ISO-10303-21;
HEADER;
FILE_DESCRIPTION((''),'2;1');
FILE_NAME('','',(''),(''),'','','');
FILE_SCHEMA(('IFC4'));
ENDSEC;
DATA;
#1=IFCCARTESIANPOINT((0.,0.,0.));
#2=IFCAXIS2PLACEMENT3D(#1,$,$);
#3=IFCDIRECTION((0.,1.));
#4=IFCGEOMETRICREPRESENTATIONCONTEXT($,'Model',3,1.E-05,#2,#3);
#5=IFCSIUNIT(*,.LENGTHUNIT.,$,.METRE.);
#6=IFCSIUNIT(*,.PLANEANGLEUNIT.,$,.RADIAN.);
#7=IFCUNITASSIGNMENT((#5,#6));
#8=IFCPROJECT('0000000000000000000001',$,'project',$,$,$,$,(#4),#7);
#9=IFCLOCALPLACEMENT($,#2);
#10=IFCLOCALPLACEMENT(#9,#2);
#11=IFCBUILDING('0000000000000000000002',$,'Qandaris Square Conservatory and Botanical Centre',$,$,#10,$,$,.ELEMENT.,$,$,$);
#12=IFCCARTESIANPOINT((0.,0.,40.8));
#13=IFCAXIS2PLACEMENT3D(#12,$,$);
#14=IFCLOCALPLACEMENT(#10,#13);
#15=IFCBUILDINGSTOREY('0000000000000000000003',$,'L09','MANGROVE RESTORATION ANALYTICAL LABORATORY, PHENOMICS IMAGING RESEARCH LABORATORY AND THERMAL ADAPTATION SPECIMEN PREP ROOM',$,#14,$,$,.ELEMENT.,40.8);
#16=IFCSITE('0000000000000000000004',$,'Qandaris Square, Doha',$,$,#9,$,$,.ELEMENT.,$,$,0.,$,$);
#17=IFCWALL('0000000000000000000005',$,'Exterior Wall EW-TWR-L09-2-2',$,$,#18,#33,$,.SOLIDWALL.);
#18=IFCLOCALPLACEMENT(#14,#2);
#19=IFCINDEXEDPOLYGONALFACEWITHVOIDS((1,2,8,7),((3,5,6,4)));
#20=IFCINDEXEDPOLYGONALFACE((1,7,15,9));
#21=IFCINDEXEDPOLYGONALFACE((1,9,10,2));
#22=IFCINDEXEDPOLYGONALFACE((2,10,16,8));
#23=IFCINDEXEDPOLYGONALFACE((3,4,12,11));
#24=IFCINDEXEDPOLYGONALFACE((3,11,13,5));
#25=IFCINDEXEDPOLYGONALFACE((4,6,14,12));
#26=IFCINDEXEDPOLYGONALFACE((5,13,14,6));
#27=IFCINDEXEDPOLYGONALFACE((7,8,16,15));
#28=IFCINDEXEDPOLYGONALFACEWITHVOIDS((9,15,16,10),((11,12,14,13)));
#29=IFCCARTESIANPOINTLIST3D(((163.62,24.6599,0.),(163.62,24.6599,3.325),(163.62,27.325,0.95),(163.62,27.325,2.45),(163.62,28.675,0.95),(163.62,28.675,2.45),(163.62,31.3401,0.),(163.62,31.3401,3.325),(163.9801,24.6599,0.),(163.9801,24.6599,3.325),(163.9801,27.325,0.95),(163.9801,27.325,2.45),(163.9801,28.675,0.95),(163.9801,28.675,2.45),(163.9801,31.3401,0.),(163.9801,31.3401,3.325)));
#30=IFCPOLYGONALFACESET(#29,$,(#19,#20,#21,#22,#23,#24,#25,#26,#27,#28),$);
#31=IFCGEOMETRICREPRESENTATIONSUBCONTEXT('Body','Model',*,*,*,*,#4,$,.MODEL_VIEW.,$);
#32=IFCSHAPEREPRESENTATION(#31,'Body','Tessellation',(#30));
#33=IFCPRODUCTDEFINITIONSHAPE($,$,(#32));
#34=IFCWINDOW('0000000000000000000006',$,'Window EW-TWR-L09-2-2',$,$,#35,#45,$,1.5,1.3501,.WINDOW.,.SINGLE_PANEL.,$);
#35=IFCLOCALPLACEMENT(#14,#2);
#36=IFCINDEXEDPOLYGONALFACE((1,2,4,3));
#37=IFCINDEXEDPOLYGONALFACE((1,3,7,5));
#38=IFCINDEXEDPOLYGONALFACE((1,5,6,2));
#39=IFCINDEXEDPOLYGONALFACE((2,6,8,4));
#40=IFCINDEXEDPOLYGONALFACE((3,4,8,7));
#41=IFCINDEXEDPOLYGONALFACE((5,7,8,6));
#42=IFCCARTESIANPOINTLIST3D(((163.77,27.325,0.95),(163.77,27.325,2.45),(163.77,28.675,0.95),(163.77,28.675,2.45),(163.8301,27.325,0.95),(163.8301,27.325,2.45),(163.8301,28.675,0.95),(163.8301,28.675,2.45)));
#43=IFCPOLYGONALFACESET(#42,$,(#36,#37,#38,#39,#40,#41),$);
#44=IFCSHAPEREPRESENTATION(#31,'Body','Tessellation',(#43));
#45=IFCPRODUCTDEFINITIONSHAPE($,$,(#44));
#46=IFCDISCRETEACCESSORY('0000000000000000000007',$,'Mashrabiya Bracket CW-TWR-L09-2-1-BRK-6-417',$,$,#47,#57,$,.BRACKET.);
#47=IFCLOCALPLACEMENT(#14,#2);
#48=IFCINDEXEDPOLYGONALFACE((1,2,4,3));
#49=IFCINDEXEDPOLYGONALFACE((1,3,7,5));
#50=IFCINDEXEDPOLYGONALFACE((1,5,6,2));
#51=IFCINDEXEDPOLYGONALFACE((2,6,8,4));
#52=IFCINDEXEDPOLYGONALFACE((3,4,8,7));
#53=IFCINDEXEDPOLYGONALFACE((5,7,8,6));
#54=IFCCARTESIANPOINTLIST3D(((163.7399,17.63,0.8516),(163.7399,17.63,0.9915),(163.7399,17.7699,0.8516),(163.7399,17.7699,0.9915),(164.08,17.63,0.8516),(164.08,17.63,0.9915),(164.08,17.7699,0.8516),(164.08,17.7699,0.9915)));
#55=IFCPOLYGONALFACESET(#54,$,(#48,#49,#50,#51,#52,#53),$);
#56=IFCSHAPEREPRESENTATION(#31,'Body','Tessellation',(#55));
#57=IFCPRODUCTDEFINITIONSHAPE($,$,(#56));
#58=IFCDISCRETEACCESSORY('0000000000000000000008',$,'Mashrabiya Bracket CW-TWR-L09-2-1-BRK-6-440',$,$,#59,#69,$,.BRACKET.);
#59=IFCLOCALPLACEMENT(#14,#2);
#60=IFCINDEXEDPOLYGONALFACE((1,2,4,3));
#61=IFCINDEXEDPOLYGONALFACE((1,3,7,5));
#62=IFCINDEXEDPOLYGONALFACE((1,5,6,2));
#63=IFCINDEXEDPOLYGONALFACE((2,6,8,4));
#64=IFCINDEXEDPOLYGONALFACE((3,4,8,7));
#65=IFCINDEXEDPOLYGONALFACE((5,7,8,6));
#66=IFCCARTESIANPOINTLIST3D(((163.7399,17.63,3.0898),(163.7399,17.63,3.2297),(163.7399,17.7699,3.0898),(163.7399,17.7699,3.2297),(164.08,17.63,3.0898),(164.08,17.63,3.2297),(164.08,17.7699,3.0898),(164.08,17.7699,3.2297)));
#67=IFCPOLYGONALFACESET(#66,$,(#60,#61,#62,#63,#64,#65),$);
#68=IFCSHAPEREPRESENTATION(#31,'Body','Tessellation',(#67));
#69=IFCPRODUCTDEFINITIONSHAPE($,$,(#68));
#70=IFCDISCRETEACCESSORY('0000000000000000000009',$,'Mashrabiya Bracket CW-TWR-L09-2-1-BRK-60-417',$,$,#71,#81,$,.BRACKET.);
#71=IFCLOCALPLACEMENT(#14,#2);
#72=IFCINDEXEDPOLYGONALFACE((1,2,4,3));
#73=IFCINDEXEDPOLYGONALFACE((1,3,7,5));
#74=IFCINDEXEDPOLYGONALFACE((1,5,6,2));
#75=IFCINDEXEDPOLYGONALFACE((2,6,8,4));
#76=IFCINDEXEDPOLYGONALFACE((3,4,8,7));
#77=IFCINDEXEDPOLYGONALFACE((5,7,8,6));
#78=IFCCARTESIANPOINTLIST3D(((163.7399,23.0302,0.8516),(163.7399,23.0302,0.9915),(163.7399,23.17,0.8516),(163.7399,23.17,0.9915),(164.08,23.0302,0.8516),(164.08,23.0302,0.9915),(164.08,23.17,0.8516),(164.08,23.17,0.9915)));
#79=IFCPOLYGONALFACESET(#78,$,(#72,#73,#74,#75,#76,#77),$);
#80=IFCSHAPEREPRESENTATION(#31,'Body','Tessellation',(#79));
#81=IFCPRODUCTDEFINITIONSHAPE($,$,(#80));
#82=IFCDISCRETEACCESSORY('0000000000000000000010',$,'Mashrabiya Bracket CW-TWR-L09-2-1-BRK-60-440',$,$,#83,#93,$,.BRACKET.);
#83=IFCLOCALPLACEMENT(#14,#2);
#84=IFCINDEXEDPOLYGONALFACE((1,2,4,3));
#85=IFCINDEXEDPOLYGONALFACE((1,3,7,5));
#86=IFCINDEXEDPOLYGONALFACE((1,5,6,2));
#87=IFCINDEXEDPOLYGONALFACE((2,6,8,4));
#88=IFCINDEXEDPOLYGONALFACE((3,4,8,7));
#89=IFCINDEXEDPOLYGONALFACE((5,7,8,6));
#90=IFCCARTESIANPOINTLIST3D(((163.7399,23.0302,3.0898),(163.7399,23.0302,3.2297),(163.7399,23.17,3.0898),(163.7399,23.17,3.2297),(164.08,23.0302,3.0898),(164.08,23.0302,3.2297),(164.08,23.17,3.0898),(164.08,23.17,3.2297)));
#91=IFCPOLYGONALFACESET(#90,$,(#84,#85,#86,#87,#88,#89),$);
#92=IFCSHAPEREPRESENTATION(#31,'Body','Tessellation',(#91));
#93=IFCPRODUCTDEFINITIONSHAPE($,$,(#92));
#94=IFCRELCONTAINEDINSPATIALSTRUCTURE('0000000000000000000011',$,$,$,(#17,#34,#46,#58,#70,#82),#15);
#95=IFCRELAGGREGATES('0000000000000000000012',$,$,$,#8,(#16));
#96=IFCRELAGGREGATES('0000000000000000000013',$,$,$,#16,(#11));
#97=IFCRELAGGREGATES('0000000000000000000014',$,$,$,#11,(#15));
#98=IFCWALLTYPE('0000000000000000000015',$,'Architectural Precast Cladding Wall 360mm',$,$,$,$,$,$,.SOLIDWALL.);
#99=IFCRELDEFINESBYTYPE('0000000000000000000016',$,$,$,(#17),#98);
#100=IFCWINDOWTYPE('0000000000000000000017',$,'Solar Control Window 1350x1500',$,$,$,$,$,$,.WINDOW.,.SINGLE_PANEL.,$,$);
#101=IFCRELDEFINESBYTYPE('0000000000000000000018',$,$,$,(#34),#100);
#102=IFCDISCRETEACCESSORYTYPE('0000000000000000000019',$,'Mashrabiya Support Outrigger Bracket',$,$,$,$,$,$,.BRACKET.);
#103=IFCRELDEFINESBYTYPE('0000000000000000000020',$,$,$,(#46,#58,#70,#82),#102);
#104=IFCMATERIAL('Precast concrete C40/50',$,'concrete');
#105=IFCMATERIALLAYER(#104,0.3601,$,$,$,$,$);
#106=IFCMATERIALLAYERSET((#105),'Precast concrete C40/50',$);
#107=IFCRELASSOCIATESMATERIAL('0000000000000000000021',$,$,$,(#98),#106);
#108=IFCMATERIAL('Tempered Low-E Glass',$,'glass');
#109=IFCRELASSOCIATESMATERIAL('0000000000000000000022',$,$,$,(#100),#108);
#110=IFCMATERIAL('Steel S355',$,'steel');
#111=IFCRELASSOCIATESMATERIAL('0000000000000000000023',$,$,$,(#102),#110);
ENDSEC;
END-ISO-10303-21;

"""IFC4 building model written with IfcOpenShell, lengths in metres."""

from ifc_helpers import new_model, si_unit, direction, frame, frame_2d, origin, origin_2d, place, context, subcontext, project, spatial, rectangle, extrude, material, layer, layer_set, type_object, element, fill, save


model = new_model("IFC4")

# Units and contexts
model_context = context("Model", 3, precision=1e-05, world=origin(), true_north=direction((0.0, 1.0)))
body_context = subcontext(model_context, "Body", "Model", "MODEL_VIEW")
ifc_project = project(units=[si_unit("LENGTHUNIT", "METRE"), si_unit("PLANEANGLEUNIT", "RADIAN")], contexts=[model_context])

# Site, building, storey
site_placement = place(None, origin())
site = spatial("IfcSite", under=ifc_project, at=site_placement, Name="Qandaris Square, Doha", CompositionType="ELEMENT", RefElevation=0.0)
building_placement = place(site_placement, origin())
building = spatial("IfcBuilding", under=site, at=building_placement, Name="Qandaris Square Conservatory and Botanical Centre", CompositionType="ELEMENT")
storey_placement = place(building_placement, frame((0.0, 0.0, 40.8)))
storey = spatial("IfcBuildingStorey", under=building, at=storey_placement, Name="L09", Description="MANGROVE RESTORATION ANALYTICAL LABORATORY, PHENOMICS IMAGING RESEARCH LABORATORY AND THERMAL ADAPTATION SPECIMEN PREP ROOM", CompositionType="ELEMENT", Elevation=40.8)

# Shared definitions
ifc_material_1 = material(Name="Tempered Low-E Glass", Category="glass")

# Wall, opening, window
ifc_material_2 = material(Name="Precast concrete C40/50", Category="concrete")
ifc_layer_1 = layer(ifc_material_2, 0.3601)
ifc_layer_set_1 = layer_set([ifc_layer_1], Name="Precast concrete C40/50")
wall_type = type_object("IfcWallType", Name="Architectural Precast Cladding Wall 360mm", PredefinedType="SOLIDWALL", material=ifc_layer_set_1)
wall_placement = place(storey_placement, frame((163.8, 24.6599, 0.0), z_axis=(0.0, 0.0, 1.0), x_axis=(0.0, 1.0, 0.0)))
wall = element("IfcWall", 1, at=wall_placement, inside=storey, type_object=wall_type, Name="Exterior Wall EW-TWR-L09-2-2", PredefinedType="SOLIDWALL", context=body_context, shape_type="SweptSolid", body=[
    extrude(rectangle(XDim=6.6802, YDim=0.3601, at=frame_2d((3.3401, 0.0))), origin(), (0.0, 0.0, 1.0), 3.325),
])
opening_placement = place(wall_placement, frame((2.665, 0.0, 0.95)))
opening = element("IfcOpeningElement", 2, at=opening_placement, cuts=wall, PredefinedType="OPENING", context=body_context, shape_type="SweptSolid", body=[
    extrude(rectangle(XDim=1.3501, YDim=1.5, at=frame_2d((0.675, 0.75))), frame((0.0, 0.1919, 0.0), z_axis=(0.0, -1.0, 0.0), x_axis=(1.0, 0.0, 0.0)), (0.0, 0.0, 1.0), 0.384),
])
window_type = type_object("IfcWindowType", Name="Solar Control Window 1350x1500", PartitioningType="SINGLE_PANEL", PredefinedType="WINDOW", material=ifc_material_1)
window_placement = place(opening_placement, origin())
window = element("IfcWindow", 3, at=window_placement, inside=storey, type_object=window_type, Name="Window EW-TWR-L09-2-2", OverallHeight=1.5, OverallWidth=1.3501, PartitioningType="SINGLE_PANEL", PredefinedType="WINDOW", context=body_context, shape_type="SweptSolid", body=[
    extrude(rectangle(XDim=1.3501, YDim=1.5, at=frame_2d((0.675, 0.75))), frame((0.0, 0.03, 0.0), z_axis=(0.0, -1.0, 0.0), x_axis=(1.0, 0.0, 0.0)), (0.0, 0.0, 1.0), 0.0601),
])
fill(opening, window)

# Discrete accessories
ifc_material_3 = material(Name="Steel S355", Category="steel")
discrete_accessory_type = type_object("IfcDiscreteAccessoryType", Name="Mashrabiya Support Outrigger Bracket", PredefinedType="BRACKET", material=ifc_material_3)
for number, where, z_axis, x_axis, name in (
    (4, (163.9099, 17.7, 0.8516), (0.0, 0.0, 1.0), (0.0, 1.0, 0.0), "Mashrabiya Bracket CW-TWR-L09-2-1-BRK-6-417"),
    (5, (163.9099, 17.7, 3.0898), (0.0, 0.0, 1.0), (0.0, 1.0, 0.0), "Mashrabiya Bracket CW-TWR-L09-2-1-BRK-6-440"),
    (6, (163.9099, 23.1001, 0.8516), (0.0, 0.0, 1.0), (0.0, 1.0, 0.0), "Mashrabiya Bracket CW-TWR-L09-2-1-BRK-60-417"),
    (7, (163.9099, 23.1001, 3.0898), (0.0, 0.0, 1.0), (0.0, 1.0, 0.0), "Mashrabiya Bracket CW-TWR-L09-2-1-BRK-60-440"),
):
    element("IfcDiscreteAccessory", number, at=place(storey_placement, frame(where, z_axis=z_axis, x_axis=x_axis)), inside=storey, type_object=discrete_accessory_type, Name=name, PredefinedType="BRACKET", context=body_context, shape_type="SweptSolid", body=[
        extrude(rectangle(XDim=0.1399, YDim=0.3401, at=origin_2d()), origin(), (0.0, 0.0, 1.0), 0.1399),
    ])

save(model, "model.ifc")
